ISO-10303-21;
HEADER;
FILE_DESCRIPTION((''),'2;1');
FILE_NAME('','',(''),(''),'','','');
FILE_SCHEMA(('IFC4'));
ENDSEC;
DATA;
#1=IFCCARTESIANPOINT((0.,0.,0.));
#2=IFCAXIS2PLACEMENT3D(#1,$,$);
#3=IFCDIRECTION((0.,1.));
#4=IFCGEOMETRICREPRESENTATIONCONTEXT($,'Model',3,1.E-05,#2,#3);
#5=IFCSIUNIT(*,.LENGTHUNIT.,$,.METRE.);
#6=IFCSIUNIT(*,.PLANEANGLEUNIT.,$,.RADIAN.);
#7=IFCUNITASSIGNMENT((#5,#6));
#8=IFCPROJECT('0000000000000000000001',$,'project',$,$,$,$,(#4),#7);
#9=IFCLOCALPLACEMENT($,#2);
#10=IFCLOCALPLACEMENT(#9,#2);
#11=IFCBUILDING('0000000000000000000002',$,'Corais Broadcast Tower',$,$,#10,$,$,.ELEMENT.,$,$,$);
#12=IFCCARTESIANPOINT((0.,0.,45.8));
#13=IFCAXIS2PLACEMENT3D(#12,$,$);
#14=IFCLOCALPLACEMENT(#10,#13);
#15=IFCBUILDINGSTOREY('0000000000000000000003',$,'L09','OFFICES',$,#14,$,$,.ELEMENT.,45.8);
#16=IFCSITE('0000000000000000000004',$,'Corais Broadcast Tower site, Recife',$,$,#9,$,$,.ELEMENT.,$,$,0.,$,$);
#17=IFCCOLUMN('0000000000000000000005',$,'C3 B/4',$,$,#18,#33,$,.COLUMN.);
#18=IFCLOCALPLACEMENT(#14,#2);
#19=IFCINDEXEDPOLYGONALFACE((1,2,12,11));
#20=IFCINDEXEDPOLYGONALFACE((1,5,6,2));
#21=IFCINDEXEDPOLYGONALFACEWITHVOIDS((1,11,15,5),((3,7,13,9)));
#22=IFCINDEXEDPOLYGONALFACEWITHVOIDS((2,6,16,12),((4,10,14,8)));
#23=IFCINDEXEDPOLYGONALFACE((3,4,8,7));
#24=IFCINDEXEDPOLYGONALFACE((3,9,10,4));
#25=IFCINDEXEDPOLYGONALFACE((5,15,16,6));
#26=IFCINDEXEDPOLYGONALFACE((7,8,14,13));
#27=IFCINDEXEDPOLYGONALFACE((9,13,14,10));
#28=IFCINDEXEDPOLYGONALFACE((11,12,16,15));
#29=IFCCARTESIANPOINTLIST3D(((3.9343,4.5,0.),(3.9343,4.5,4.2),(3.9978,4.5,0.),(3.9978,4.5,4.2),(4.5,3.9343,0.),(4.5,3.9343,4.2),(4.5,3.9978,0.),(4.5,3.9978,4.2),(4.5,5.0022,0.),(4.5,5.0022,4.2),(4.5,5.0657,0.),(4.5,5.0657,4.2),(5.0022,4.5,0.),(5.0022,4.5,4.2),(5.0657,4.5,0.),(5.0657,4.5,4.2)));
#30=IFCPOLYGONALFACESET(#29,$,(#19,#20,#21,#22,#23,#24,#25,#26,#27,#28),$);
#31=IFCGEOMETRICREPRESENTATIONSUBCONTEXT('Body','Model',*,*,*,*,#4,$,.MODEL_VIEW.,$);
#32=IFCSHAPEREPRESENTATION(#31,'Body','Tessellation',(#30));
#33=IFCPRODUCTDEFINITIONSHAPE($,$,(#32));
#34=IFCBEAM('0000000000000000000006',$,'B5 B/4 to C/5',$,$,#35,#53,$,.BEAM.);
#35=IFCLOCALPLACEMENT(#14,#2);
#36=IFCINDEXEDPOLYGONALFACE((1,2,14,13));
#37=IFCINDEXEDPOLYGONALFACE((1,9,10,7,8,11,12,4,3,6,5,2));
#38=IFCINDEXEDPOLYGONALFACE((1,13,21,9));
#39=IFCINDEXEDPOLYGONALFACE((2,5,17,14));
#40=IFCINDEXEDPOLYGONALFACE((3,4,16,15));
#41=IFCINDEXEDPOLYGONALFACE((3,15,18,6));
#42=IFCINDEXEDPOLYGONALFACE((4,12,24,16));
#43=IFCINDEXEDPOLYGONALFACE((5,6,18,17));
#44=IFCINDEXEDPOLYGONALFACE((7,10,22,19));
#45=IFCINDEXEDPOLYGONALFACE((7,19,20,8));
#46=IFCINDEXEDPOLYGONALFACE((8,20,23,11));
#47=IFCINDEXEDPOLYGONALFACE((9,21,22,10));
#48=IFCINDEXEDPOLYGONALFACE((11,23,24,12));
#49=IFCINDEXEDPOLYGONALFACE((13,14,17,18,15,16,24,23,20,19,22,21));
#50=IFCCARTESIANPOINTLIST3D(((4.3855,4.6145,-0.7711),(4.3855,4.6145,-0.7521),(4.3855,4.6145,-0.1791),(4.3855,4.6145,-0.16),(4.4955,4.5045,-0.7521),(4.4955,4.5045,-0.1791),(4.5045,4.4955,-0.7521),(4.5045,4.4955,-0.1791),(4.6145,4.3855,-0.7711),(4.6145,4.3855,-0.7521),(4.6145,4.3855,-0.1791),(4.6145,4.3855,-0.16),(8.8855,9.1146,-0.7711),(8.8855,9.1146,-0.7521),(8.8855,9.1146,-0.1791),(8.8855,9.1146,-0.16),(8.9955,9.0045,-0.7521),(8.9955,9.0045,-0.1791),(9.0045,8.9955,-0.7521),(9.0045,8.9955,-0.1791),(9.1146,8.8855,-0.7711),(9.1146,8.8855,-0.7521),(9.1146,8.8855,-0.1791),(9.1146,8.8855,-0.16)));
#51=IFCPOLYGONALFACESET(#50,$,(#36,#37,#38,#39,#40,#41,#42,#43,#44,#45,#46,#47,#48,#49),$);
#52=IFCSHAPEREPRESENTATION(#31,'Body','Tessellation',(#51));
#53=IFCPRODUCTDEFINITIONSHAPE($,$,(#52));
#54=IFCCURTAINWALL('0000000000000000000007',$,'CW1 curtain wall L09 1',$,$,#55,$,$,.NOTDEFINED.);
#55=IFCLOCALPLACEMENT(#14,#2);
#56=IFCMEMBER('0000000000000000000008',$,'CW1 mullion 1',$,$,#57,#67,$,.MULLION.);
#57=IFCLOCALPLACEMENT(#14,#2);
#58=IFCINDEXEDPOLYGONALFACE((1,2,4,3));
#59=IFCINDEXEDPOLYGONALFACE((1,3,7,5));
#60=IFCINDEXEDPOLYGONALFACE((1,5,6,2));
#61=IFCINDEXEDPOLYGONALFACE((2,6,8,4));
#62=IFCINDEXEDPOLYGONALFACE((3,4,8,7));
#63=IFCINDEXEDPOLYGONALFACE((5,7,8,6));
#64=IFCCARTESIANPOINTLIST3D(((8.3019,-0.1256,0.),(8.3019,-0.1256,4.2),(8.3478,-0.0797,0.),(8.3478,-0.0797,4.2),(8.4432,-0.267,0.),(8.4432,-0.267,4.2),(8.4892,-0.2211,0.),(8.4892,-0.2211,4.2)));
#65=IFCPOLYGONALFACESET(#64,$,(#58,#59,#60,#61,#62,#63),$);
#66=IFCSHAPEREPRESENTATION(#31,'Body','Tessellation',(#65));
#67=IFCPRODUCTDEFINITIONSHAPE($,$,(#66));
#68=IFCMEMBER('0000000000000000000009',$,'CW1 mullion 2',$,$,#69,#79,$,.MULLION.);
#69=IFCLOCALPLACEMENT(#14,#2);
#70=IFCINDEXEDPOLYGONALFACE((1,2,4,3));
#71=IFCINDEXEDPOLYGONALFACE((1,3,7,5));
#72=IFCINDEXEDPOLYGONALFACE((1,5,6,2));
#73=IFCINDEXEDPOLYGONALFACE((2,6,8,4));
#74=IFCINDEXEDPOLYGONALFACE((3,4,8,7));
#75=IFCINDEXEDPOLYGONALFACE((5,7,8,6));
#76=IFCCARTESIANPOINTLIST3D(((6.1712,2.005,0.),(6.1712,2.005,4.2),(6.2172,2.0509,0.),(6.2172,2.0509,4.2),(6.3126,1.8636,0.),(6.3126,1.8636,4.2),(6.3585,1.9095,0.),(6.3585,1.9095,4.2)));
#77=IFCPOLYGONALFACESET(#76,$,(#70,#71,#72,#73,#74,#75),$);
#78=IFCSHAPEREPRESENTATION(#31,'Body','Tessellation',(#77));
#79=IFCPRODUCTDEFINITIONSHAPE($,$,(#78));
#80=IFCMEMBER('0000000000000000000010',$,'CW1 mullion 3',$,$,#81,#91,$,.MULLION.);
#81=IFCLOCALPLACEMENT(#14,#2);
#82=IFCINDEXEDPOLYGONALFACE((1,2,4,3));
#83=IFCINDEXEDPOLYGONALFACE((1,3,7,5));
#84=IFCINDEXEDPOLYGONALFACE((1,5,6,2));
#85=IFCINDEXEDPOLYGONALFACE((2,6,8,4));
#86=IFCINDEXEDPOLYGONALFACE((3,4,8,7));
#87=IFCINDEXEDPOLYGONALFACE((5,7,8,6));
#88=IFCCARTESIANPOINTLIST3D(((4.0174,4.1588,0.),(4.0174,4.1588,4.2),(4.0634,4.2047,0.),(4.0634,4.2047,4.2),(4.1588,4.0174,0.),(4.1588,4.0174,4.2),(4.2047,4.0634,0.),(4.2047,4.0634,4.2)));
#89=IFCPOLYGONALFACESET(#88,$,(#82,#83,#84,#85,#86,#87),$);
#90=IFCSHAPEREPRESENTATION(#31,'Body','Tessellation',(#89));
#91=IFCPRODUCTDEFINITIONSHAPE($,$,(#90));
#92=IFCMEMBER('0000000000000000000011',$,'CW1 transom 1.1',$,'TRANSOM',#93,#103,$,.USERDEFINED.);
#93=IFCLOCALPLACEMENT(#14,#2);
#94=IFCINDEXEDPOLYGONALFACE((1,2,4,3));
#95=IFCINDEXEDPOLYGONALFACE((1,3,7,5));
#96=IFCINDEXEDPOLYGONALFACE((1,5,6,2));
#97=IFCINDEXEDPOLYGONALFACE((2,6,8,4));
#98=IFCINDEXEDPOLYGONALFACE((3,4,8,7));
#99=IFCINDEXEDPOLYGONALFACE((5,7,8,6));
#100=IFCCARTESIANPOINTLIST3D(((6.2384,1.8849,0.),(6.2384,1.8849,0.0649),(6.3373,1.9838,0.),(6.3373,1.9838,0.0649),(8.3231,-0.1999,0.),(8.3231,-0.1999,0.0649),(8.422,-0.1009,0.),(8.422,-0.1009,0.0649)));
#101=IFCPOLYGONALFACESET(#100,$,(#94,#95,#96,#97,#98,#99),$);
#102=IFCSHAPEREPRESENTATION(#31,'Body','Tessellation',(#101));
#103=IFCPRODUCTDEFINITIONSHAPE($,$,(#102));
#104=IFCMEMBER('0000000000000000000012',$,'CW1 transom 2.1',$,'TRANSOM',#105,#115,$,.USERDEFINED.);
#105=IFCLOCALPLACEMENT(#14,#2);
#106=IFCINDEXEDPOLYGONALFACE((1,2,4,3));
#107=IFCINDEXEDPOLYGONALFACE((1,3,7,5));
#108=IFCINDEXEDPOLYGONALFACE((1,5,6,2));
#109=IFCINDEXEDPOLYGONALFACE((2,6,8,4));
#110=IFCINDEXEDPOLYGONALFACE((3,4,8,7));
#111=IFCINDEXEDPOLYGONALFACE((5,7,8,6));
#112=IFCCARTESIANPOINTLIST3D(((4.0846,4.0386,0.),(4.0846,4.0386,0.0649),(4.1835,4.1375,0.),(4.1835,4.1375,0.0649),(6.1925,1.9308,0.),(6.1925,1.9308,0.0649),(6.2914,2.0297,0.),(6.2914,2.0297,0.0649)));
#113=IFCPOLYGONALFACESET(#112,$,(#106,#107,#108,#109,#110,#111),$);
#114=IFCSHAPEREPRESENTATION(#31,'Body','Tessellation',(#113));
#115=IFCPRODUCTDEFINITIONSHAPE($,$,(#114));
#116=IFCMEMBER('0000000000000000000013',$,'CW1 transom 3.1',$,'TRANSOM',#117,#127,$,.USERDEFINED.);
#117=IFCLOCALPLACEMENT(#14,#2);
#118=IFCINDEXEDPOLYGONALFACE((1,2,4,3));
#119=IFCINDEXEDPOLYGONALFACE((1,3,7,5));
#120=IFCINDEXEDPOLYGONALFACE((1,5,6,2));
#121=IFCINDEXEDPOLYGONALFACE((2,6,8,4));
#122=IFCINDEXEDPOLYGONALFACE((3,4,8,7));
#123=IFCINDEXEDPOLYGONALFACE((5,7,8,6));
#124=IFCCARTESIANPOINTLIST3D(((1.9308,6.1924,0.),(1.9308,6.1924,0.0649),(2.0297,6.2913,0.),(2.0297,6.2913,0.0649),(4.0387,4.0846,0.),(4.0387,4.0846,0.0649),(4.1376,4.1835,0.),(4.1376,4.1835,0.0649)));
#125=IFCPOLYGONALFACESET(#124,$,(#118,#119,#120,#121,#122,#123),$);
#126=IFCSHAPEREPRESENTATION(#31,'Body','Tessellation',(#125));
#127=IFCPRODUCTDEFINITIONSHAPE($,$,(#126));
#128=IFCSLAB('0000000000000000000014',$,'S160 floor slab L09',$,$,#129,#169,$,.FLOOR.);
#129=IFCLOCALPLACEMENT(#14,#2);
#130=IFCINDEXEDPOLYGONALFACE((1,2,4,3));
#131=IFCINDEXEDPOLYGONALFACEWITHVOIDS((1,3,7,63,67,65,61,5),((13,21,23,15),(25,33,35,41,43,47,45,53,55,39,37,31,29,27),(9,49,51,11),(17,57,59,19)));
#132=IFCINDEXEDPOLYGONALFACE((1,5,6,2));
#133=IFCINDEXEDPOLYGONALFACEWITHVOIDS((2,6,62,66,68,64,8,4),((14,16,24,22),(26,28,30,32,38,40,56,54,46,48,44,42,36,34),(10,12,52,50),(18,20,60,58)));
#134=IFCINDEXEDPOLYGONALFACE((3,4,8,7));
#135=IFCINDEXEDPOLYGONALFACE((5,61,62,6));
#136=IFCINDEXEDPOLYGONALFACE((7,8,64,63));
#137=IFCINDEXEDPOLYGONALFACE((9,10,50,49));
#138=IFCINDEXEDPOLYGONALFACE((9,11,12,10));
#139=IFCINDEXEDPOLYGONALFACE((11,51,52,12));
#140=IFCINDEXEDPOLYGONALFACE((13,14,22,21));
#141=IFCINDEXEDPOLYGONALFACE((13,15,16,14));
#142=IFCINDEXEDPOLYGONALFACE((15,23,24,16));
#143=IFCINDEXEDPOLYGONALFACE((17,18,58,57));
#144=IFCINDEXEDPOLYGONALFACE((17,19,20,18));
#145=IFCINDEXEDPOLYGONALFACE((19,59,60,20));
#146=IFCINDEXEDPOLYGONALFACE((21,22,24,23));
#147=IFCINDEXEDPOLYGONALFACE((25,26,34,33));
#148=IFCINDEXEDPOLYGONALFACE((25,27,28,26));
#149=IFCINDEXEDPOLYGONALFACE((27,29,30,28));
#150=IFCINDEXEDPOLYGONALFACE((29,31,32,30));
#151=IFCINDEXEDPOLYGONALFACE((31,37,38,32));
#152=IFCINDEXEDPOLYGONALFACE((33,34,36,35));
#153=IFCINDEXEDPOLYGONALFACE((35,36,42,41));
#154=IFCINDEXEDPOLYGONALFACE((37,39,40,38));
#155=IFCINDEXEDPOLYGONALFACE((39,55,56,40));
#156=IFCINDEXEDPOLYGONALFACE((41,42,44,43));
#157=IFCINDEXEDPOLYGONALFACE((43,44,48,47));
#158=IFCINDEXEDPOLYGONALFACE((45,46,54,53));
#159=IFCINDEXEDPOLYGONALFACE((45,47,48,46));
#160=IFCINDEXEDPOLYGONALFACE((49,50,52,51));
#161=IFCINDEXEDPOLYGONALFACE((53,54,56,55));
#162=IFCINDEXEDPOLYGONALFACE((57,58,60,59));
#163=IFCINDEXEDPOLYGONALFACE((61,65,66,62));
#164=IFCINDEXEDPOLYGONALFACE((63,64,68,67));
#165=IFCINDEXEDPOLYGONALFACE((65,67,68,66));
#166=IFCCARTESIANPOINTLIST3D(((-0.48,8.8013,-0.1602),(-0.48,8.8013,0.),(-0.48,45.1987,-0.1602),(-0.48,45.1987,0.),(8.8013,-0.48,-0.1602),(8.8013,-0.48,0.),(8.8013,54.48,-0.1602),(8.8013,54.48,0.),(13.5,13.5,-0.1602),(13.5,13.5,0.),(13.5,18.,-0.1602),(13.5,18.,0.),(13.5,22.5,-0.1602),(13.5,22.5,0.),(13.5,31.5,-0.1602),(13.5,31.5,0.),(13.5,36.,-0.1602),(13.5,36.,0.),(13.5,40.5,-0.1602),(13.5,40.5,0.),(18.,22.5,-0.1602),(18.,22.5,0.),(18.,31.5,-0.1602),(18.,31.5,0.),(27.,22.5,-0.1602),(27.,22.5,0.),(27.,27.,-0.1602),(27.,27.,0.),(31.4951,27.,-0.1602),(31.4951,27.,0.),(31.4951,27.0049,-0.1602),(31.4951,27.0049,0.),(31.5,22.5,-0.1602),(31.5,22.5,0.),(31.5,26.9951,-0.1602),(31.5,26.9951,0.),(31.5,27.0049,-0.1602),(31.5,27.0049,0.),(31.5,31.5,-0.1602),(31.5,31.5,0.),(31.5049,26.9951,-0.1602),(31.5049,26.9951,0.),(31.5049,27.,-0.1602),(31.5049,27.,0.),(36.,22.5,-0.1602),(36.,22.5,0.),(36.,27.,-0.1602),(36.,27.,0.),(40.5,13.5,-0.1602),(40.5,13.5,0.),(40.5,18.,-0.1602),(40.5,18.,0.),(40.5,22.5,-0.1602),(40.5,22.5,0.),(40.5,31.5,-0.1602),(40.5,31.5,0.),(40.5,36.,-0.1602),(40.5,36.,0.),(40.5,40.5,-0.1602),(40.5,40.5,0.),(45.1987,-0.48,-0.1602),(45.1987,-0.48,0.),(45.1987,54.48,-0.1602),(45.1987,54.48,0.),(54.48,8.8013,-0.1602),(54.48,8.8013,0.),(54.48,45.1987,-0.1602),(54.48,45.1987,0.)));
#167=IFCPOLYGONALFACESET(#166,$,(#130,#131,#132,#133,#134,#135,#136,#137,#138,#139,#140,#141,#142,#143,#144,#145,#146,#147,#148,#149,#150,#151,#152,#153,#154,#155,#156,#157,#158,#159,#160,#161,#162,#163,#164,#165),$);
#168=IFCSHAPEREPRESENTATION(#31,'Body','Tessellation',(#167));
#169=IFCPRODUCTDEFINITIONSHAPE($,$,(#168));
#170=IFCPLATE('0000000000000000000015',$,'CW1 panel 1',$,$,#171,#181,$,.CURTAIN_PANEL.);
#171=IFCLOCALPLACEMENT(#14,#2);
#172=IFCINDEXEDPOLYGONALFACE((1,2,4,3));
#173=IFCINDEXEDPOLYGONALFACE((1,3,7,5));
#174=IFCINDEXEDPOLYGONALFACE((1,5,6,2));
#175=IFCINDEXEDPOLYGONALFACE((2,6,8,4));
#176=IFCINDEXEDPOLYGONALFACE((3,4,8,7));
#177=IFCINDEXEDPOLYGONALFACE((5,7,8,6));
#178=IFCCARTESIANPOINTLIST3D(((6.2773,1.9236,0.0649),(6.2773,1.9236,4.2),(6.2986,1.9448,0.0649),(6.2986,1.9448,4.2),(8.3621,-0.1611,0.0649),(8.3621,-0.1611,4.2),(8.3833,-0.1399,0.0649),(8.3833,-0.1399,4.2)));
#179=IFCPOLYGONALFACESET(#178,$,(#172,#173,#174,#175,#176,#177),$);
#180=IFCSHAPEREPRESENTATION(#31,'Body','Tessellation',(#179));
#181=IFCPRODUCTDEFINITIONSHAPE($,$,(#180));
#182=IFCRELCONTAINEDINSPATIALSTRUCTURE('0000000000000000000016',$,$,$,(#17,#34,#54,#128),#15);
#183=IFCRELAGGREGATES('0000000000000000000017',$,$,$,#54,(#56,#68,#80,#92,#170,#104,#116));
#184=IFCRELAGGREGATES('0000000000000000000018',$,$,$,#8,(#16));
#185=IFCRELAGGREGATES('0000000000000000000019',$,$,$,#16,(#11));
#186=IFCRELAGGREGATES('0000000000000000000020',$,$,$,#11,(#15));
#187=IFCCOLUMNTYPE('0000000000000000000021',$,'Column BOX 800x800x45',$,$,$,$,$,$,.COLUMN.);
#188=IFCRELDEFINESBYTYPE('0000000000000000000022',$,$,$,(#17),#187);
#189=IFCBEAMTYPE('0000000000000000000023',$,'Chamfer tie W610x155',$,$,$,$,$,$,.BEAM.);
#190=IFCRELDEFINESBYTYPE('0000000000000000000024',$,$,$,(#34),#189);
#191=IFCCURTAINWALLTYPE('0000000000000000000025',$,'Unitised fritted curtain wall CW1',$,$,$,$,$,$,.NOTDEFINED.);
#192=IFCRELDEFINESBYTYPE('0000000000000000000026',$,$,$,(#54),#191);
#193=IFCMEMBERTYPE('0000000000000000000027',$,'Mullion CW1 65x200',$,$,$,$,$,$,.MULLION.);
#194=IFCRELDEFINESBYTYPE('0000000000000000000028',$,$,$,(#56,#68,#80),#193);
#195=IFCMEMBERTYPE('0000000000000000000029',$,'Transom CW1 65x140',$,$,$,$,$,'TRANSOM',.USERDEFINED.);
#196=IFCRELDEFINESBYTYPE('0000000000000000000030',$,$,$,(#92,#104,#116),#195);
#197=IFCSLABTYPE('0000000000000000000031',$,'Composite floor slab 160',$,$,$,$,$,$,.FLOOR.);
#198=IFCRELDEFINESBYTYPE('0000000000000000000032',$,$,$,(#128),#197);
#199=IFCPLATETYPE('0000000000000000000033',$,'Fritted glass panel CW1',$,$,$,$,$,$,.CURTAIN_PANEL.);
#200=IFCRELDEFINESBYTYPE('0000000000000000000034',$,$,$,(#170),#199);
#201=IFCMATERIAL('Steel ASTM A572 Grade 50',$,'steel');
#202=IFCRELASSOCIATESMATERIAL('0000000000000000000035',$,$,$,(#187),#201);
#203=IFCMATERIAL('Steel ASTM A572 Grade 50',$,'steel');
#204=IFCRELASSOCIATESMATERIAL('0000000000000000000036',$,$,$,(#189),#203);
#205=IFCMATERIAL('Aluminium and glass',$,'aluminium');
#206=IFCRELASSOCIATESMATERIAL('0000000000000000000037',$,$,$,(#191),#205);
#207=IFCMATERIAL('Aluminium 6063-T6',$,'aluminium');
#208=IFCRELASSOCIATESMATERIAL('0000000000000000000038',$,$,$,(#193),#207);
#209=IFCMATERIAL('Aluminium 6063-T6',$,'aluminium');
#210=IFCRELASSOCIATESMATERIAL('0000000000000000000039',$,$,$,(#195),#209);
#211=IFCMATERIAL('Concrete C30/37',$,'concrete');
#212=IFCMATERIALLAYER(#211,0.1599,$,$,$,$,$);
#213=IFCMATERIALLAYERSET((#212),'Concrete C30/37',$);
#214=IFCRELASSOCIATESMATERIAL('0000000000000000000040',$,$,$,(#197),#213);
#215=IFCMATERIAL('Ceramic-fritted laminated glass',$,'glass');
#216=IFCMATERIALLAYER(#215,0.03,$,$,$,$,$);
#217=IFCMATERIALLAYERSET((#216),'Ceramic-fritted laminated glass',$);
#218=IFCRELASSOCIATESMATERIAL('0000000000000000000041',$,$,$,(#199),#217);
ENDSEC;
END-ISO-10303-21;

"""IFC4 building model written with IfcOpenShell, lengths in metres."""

from ifc_helpers import new_model, si_unit, direction, frame, origin, origin_2d, place, context, subcontext, project, spatial, polyline, rectangle, hollow_rectangle, i_section, outline, extrude, material, layer, layer_set, material_profile, profile_set, type_object, element, aggregate, save


model = new_model("IFC4")

# Units and contexts
model_context = context("Model", 3, precision=1e-05, world=origin(), true_north=direction((0.0, 1.0)))
body_context = subcontext(model_context, "Body", "Model", "MODEL_VIEW")
ifc_project = project(units=[si_unit("LENGTHUNIT", "METRE"), si_unit("PLANEANGLEUNIT", "RADIAN")], contexts=[model_context])

# Site, building, storey
site_placement = place(None, origin())
site = spatial("IfcSite", under=ifc_project, at=site_placement, Name="Corais Broadcast Tower site, Recife", CompositionType="ELEMENT", RefElevation=0.0)
building_placement = place(site_placement, origin())
building = spatial("IfcBuilding", under=site, at=building_placement, Name="Corais Broadcast Tower", CompositionType="ELEMENT")
storey_placement = place(building_placement, frame((0.0, 0.0, 45.8)))
storey = spatial("IfcBuildingStorey", under=building, at=storey_placement, Name="L09", Description="OFFICES", CompositionType="ELEMENT", Elevation=45.8)

# Column
ifc_material_1 = material(Name="Steel ASTM A572 Grade 50", Category="steel")
ifc_material_profile_1 = material_profile(ifc_material_1, hollow_rectangle(XDim=0.8, YDim=0.8, WallThickness=0.0449, at=origin_2d()), Name="BOX 800x800x45")
ifc_profile_set_1 = profile_set([ifc_material_profile_1], Name="Steel ASTM A572 Grade 50")
column_type = type_object("IfcColumnType", Name="Column BOX 800x800x45", PredefinedType="COLUMN", material=ifc_profile_set_1)
column_placement = place(storey_placement, frame((4.5, 4.5, 0.0), z_axis=(0.0, 0.0, 1.0), x_axis=(0.707107, 0.707107, 0.0)))
element("IfcColumn", 1, at=column_placement, inside=storey, type_object=column_type, Name="C3 B/4", PredefinedType="COLUMN", context=body_context, shape_type="SweptSolid", body=[
    extrude(hollow_rectangle(XDim=0.8, YDim=0.8, WallThickness=0.0449, at=origin_2d()), origin(), (0.0, 0.0, 1.0), 4.2),
])

# Beam
ifc_material_2 = material(Name="Steel ASTM A572 Grade 50", Category="steel")
ifc_material_profile_2 = material_profile(ifc_material_2, i_section(OverallWidth=0.324, OverallDepth=0.6111, WebThickness=0.0127, FlangeThickness=0.019, at=origin_2d()), Name="W610x155")
ifc_profile_set_2 = profile_set([ifc_material_profile_2], Name="Steel ASTM A572 Grade 50")
beam_type = type_object("IfcBeamType", Name="Chamfer tie W610x155", PredefinedType="BEAM", material=ifc_profile_set_2)
beam_placement = place(storey_placement, frame((4.5, 4.5, -0.4656), z_axis=(0.707107, 0.707107, 0.0), x_axis=(-0.707107, 0.707107, 0.0)))
element("IfcBeam", 2, at=beam_placement, inside=storey, type_object=beam_type, Name="B5 B/4 to C/5", PredefinedType="BEAM", context=body_context, shape_type="SweptSolid", body=[
    extrude(i_section(OverallWidth=0.324, OverallDepth=0.6111, WebThickness=0.0127, FlangeThickness=0.019, at=origin_2d()), origin(), (0.0, 0.0, 1.0), 6.364),
])

# Curtain wall, members
ifc_material_3 = material(Name="Aluminium and glass", Category="aluminium")
curtain_wall_type = type_object("IfcCurtainWallType", Name="Unitised fritted curtain wall CW1", PredefinedType="NOTDEFINED", material=ifc_material_3)
curtain_wall_placement = place(storey_placement, origin())
curtain_wall = element("IfcCurtainWall", 3, at=curtain_wall_placement, inside=storey, type_object=curtain_wall_type, Name="CW1 curtain wall L09 1", PredefinedType="NOTDEFINED")
ifc_material_4 = material(Name="Aluminium 6063-T6", Category="aluminium")
ifc_material_profile_3 = material_profile(ifc_material_4, rectangle(XDim=0.0649, YDim=0.2, at=origin_2d()), Name="Mullion CW1 65x200")
ifc_profile_set_3 = profile_set([ifc_material_profile_3], Name="Aluminium 6063-T6")
member_type_1 = type_object("IfcMemberType", Name="Mullion CW1 65x200", PredefinedType="MULLION", material=ifc_profile_set_3)
member_1_placement = place(storey_placement, frame((8.3955, -0.1733, 0.0), z_axis=(0.0, 0.0, 1.0), x_axis=(-0.707107, -0.707107, 0.0)))
member_1 = element("IfcMember", 4, at=member_1_placement, type_object=member_type_1, Name="CW1 mullion 1", PredefinedType="MULLION", context=body_context, shape_type="SweptSolid", body=[
    extrude(rectangle(XDim=0.0649, YDim=0.2, at=origin_2d()), origin(), (0.0, 0.0, 1.0), 4.2),
])
member_2_placement = place(storey_placement, frame((6.2649, 1.9573, 0.0), z_axis=(0.0, 0.0, 1.0), x_axis=(-0.707107, -0.707107, 0.0)))
member_2 = element("IfcMember", 5, at=member_2_placement, type_object=member_type_1, Name="CW1 mullion 2", PredefinedType="MULLION", context=body_context, shape_type="SweptSolid", body=[
    extrude(rectangle(XDim=0.0649, YDim=0.2, at=origin_2d()), origin(), (0.0, 0.0, 1.0), 4.2),
])
member_3_placement = place(storey_placement, frame((4.1111, 4.1111, 0.0), z_axis=(0.0, 0.0, 1.0), x_axis=(-0.707107, -0.707107, 0.0)))
member_3 = element("IfcMember", 6, at=member_3_placement, type_object=member_type_1, Name="CW1 mullion 3", PredefinedType="MULLION", context=body_context, shape_type="SweptSolid", body=[
    extrude(rectangle(XDim=0.0649, YDim=0.2, at=origin_2d()), origin(), (0.0, 0.0, 1.0), 4.2),
])
ifc_material_5 = material(Name="Aluminium 6063-T6", Category="aluminium")
ifc_material_profile_4 = material_profile(ifc_material_5, rectangle(XDim=0.1399, YDim=0.0649, at=origin_2d()), Name="Transom CW1 65x140")
ifc_profile_set_4 = profile_set([ifc_material_profile_4], Name="Aluminium 6063-T6")
member_type_2 = type_object("IfcMemberType", Name="Transom CW1 65x140", ElementType="TRANSOM", PredefinedType="USERDEFINED", material=ifc_profile_set_4)
member_4_placement = place(storey_placement, frame((8.3726, -0.1504, 0.0325), z_axis=(-0.707107, 0.707107, 0.0), x_axis=(-0.707107, -0.707107, 0.0)))
member_4 = element("IfcMember", 7, at=member_4_placement, type_object=member_type_2, Name="CW1 transom 1.1", ObjectType="TRANSOM", PredefinedType="USERDEFINED", context=body_context, shape_type="SweptSolid", body=[
    extrude(rectangle(XDim=0.1399, YDim=0.0649, at=origin_2d()), origin(), (0.0, 0.0, 1.0), 2.9482),
])
member_5_placement = place(storey_placement, frame((6.2419, 1.9802, 0.0325), z_axis=(-0.707107, 0.707107, 0.0), x_axis=(-0.707107, -0.707107, 0.0)))
member_5 = element("IfcMember", 8, at=member_5_placement, type_object=member_type_2, Name="CW1 transom 2.1", ObjectType="TRANSOM", PredefinedType="USERDEFINED", context=body_context, shape_type="SweptSolid", body=[
    extrude(rectangle(XDim=0.1399, YDim=0.0649, at=origin_2d()), origin(), (0.0, 0.0, 1.0), 2.981),
])
member_6_placement = place(storey_placement, frame((4.0881, 4.134, 0.0325), z_axis=(-0.707107, 0.707107, 0.0), x_axis=(-0.707107, -0.707107, 0.0)))
member_6 = element("IfcMember", 9, at=member_6_placement, type_object=member_type_2, Name="CW1 transom 3.1", ObjectType="TRANSOM", PredefinedType="USERDEFINED", context=body_context, shape_type="SweptSolid", body=[
    extrude(rectangle(XDim=0.1399, YDim=0.0649, at=origin_2d()), origin(), (0.0, 0.0, 1.0), 2.981),
])

# Slab
ifc_material_6 = material(Name="Concrete C30/37", Category="concrete")
ifc_layer_1 = layer(ifc_material_6, 0.1599)
ifc_layer_set_1 = layer_set([ifc_layer_1], Name="Concrete C30/37")
slab_type_1 = type_object("IfcSlabType", Name="Composite floor slab 160", PredefinedType="FLOOR", material=ifc_layer_set_1)
slab_1_placement = place(storey_placement, frame((0.0, 0.0, -0.1602)))
element("IfcSlab", 10, at=slab_1_placement, inside=storey, type_object=slab_type_1, Name="S160 floor slab L09", PredefinedType="FLOOR", context=body_context, shape_type="SweptSolid", body=[
    extrude(outline(polyline([(8.8013, -0.48), (-0.48, 8.8013), (-0.48, 45.1987), (8.8013, 54.48), (45.1987, 54.48), (54.48, 45.1987), (54.48, 8.8013), (45.1987, -0.48), (8.8013, -0.48)]), holes=[polyline([(13.5, 18.0), (40.5, 18.0), (40.5, 13.5), (13.5, 13.5), (13.5, 18.0)]), polyline([(13.5, 22.5), (13.5, 31.5), (18.0, 31.5), (18.0, 22.5), (13.5, 22.5)]), polyline([(13.5, 40.5), (40.5, 40.5), (40.5, 36.0), (13.5, 36.0), (13.5, 40.5)]), polyline([(27.0, 22.5), (27.0, 27.0), (31.4951, 27.0), (31.4951, 27.0049), (31.5, 27.0049), (31.5, 31.5), (40.5, 31.5), (40.5, 22.5), (36.0, 22.5), (36.0, 27.0), (31.5049, 27.0), (31.5049, 26.9951), (31.5, 26.9951), (31.5, 22.5), (27.0, 22.5)])]), origin(), (0.0, 0.0, 1.0), 0.1602),
])

# Plate
ifc_material_7 = material(Name="Ceramic-fritted laminated glass", Category="glass")
ifc_layer_2 = layer(ifc_material_7, 0.03)
ifc_layer_set_2 = layer_set([ifc_layer_2], Name="Ceramic-fritted laminated glass")
plate_type_1 = type_object("IfcPlateType", Name="Fritted glass panel CW1", PredefinedType="CURTAIN_PANEL", material=ifc_layer_set_2)
plate_1_placement = place(storey_placement, frame((7.3303, 0.8918, 0.0649), z_axis=(0.0, 0.0, 1.0), x_axis=(-0.707107, 0.707107, 0.0)))
plate_1 = element("IfcPlate", 11, at=plate_1_placement, type_object=plate_type_1, Name="CW1 panel 1", PredefinedType="CURTAIN_PANEL", context=body_context, shape_type="SweptSolid", body=[
    extrude(rectangle(XDim=2.9482, YDim=0.03, at=origin_2d()), origin(), (0.0, 0.0, 1.0), 4.135),
])
aggregate(curtain_wall, [member_1, member_2, member_3, member_4, plate_1, member_5, member_6])

save(model, "model.ifc")
